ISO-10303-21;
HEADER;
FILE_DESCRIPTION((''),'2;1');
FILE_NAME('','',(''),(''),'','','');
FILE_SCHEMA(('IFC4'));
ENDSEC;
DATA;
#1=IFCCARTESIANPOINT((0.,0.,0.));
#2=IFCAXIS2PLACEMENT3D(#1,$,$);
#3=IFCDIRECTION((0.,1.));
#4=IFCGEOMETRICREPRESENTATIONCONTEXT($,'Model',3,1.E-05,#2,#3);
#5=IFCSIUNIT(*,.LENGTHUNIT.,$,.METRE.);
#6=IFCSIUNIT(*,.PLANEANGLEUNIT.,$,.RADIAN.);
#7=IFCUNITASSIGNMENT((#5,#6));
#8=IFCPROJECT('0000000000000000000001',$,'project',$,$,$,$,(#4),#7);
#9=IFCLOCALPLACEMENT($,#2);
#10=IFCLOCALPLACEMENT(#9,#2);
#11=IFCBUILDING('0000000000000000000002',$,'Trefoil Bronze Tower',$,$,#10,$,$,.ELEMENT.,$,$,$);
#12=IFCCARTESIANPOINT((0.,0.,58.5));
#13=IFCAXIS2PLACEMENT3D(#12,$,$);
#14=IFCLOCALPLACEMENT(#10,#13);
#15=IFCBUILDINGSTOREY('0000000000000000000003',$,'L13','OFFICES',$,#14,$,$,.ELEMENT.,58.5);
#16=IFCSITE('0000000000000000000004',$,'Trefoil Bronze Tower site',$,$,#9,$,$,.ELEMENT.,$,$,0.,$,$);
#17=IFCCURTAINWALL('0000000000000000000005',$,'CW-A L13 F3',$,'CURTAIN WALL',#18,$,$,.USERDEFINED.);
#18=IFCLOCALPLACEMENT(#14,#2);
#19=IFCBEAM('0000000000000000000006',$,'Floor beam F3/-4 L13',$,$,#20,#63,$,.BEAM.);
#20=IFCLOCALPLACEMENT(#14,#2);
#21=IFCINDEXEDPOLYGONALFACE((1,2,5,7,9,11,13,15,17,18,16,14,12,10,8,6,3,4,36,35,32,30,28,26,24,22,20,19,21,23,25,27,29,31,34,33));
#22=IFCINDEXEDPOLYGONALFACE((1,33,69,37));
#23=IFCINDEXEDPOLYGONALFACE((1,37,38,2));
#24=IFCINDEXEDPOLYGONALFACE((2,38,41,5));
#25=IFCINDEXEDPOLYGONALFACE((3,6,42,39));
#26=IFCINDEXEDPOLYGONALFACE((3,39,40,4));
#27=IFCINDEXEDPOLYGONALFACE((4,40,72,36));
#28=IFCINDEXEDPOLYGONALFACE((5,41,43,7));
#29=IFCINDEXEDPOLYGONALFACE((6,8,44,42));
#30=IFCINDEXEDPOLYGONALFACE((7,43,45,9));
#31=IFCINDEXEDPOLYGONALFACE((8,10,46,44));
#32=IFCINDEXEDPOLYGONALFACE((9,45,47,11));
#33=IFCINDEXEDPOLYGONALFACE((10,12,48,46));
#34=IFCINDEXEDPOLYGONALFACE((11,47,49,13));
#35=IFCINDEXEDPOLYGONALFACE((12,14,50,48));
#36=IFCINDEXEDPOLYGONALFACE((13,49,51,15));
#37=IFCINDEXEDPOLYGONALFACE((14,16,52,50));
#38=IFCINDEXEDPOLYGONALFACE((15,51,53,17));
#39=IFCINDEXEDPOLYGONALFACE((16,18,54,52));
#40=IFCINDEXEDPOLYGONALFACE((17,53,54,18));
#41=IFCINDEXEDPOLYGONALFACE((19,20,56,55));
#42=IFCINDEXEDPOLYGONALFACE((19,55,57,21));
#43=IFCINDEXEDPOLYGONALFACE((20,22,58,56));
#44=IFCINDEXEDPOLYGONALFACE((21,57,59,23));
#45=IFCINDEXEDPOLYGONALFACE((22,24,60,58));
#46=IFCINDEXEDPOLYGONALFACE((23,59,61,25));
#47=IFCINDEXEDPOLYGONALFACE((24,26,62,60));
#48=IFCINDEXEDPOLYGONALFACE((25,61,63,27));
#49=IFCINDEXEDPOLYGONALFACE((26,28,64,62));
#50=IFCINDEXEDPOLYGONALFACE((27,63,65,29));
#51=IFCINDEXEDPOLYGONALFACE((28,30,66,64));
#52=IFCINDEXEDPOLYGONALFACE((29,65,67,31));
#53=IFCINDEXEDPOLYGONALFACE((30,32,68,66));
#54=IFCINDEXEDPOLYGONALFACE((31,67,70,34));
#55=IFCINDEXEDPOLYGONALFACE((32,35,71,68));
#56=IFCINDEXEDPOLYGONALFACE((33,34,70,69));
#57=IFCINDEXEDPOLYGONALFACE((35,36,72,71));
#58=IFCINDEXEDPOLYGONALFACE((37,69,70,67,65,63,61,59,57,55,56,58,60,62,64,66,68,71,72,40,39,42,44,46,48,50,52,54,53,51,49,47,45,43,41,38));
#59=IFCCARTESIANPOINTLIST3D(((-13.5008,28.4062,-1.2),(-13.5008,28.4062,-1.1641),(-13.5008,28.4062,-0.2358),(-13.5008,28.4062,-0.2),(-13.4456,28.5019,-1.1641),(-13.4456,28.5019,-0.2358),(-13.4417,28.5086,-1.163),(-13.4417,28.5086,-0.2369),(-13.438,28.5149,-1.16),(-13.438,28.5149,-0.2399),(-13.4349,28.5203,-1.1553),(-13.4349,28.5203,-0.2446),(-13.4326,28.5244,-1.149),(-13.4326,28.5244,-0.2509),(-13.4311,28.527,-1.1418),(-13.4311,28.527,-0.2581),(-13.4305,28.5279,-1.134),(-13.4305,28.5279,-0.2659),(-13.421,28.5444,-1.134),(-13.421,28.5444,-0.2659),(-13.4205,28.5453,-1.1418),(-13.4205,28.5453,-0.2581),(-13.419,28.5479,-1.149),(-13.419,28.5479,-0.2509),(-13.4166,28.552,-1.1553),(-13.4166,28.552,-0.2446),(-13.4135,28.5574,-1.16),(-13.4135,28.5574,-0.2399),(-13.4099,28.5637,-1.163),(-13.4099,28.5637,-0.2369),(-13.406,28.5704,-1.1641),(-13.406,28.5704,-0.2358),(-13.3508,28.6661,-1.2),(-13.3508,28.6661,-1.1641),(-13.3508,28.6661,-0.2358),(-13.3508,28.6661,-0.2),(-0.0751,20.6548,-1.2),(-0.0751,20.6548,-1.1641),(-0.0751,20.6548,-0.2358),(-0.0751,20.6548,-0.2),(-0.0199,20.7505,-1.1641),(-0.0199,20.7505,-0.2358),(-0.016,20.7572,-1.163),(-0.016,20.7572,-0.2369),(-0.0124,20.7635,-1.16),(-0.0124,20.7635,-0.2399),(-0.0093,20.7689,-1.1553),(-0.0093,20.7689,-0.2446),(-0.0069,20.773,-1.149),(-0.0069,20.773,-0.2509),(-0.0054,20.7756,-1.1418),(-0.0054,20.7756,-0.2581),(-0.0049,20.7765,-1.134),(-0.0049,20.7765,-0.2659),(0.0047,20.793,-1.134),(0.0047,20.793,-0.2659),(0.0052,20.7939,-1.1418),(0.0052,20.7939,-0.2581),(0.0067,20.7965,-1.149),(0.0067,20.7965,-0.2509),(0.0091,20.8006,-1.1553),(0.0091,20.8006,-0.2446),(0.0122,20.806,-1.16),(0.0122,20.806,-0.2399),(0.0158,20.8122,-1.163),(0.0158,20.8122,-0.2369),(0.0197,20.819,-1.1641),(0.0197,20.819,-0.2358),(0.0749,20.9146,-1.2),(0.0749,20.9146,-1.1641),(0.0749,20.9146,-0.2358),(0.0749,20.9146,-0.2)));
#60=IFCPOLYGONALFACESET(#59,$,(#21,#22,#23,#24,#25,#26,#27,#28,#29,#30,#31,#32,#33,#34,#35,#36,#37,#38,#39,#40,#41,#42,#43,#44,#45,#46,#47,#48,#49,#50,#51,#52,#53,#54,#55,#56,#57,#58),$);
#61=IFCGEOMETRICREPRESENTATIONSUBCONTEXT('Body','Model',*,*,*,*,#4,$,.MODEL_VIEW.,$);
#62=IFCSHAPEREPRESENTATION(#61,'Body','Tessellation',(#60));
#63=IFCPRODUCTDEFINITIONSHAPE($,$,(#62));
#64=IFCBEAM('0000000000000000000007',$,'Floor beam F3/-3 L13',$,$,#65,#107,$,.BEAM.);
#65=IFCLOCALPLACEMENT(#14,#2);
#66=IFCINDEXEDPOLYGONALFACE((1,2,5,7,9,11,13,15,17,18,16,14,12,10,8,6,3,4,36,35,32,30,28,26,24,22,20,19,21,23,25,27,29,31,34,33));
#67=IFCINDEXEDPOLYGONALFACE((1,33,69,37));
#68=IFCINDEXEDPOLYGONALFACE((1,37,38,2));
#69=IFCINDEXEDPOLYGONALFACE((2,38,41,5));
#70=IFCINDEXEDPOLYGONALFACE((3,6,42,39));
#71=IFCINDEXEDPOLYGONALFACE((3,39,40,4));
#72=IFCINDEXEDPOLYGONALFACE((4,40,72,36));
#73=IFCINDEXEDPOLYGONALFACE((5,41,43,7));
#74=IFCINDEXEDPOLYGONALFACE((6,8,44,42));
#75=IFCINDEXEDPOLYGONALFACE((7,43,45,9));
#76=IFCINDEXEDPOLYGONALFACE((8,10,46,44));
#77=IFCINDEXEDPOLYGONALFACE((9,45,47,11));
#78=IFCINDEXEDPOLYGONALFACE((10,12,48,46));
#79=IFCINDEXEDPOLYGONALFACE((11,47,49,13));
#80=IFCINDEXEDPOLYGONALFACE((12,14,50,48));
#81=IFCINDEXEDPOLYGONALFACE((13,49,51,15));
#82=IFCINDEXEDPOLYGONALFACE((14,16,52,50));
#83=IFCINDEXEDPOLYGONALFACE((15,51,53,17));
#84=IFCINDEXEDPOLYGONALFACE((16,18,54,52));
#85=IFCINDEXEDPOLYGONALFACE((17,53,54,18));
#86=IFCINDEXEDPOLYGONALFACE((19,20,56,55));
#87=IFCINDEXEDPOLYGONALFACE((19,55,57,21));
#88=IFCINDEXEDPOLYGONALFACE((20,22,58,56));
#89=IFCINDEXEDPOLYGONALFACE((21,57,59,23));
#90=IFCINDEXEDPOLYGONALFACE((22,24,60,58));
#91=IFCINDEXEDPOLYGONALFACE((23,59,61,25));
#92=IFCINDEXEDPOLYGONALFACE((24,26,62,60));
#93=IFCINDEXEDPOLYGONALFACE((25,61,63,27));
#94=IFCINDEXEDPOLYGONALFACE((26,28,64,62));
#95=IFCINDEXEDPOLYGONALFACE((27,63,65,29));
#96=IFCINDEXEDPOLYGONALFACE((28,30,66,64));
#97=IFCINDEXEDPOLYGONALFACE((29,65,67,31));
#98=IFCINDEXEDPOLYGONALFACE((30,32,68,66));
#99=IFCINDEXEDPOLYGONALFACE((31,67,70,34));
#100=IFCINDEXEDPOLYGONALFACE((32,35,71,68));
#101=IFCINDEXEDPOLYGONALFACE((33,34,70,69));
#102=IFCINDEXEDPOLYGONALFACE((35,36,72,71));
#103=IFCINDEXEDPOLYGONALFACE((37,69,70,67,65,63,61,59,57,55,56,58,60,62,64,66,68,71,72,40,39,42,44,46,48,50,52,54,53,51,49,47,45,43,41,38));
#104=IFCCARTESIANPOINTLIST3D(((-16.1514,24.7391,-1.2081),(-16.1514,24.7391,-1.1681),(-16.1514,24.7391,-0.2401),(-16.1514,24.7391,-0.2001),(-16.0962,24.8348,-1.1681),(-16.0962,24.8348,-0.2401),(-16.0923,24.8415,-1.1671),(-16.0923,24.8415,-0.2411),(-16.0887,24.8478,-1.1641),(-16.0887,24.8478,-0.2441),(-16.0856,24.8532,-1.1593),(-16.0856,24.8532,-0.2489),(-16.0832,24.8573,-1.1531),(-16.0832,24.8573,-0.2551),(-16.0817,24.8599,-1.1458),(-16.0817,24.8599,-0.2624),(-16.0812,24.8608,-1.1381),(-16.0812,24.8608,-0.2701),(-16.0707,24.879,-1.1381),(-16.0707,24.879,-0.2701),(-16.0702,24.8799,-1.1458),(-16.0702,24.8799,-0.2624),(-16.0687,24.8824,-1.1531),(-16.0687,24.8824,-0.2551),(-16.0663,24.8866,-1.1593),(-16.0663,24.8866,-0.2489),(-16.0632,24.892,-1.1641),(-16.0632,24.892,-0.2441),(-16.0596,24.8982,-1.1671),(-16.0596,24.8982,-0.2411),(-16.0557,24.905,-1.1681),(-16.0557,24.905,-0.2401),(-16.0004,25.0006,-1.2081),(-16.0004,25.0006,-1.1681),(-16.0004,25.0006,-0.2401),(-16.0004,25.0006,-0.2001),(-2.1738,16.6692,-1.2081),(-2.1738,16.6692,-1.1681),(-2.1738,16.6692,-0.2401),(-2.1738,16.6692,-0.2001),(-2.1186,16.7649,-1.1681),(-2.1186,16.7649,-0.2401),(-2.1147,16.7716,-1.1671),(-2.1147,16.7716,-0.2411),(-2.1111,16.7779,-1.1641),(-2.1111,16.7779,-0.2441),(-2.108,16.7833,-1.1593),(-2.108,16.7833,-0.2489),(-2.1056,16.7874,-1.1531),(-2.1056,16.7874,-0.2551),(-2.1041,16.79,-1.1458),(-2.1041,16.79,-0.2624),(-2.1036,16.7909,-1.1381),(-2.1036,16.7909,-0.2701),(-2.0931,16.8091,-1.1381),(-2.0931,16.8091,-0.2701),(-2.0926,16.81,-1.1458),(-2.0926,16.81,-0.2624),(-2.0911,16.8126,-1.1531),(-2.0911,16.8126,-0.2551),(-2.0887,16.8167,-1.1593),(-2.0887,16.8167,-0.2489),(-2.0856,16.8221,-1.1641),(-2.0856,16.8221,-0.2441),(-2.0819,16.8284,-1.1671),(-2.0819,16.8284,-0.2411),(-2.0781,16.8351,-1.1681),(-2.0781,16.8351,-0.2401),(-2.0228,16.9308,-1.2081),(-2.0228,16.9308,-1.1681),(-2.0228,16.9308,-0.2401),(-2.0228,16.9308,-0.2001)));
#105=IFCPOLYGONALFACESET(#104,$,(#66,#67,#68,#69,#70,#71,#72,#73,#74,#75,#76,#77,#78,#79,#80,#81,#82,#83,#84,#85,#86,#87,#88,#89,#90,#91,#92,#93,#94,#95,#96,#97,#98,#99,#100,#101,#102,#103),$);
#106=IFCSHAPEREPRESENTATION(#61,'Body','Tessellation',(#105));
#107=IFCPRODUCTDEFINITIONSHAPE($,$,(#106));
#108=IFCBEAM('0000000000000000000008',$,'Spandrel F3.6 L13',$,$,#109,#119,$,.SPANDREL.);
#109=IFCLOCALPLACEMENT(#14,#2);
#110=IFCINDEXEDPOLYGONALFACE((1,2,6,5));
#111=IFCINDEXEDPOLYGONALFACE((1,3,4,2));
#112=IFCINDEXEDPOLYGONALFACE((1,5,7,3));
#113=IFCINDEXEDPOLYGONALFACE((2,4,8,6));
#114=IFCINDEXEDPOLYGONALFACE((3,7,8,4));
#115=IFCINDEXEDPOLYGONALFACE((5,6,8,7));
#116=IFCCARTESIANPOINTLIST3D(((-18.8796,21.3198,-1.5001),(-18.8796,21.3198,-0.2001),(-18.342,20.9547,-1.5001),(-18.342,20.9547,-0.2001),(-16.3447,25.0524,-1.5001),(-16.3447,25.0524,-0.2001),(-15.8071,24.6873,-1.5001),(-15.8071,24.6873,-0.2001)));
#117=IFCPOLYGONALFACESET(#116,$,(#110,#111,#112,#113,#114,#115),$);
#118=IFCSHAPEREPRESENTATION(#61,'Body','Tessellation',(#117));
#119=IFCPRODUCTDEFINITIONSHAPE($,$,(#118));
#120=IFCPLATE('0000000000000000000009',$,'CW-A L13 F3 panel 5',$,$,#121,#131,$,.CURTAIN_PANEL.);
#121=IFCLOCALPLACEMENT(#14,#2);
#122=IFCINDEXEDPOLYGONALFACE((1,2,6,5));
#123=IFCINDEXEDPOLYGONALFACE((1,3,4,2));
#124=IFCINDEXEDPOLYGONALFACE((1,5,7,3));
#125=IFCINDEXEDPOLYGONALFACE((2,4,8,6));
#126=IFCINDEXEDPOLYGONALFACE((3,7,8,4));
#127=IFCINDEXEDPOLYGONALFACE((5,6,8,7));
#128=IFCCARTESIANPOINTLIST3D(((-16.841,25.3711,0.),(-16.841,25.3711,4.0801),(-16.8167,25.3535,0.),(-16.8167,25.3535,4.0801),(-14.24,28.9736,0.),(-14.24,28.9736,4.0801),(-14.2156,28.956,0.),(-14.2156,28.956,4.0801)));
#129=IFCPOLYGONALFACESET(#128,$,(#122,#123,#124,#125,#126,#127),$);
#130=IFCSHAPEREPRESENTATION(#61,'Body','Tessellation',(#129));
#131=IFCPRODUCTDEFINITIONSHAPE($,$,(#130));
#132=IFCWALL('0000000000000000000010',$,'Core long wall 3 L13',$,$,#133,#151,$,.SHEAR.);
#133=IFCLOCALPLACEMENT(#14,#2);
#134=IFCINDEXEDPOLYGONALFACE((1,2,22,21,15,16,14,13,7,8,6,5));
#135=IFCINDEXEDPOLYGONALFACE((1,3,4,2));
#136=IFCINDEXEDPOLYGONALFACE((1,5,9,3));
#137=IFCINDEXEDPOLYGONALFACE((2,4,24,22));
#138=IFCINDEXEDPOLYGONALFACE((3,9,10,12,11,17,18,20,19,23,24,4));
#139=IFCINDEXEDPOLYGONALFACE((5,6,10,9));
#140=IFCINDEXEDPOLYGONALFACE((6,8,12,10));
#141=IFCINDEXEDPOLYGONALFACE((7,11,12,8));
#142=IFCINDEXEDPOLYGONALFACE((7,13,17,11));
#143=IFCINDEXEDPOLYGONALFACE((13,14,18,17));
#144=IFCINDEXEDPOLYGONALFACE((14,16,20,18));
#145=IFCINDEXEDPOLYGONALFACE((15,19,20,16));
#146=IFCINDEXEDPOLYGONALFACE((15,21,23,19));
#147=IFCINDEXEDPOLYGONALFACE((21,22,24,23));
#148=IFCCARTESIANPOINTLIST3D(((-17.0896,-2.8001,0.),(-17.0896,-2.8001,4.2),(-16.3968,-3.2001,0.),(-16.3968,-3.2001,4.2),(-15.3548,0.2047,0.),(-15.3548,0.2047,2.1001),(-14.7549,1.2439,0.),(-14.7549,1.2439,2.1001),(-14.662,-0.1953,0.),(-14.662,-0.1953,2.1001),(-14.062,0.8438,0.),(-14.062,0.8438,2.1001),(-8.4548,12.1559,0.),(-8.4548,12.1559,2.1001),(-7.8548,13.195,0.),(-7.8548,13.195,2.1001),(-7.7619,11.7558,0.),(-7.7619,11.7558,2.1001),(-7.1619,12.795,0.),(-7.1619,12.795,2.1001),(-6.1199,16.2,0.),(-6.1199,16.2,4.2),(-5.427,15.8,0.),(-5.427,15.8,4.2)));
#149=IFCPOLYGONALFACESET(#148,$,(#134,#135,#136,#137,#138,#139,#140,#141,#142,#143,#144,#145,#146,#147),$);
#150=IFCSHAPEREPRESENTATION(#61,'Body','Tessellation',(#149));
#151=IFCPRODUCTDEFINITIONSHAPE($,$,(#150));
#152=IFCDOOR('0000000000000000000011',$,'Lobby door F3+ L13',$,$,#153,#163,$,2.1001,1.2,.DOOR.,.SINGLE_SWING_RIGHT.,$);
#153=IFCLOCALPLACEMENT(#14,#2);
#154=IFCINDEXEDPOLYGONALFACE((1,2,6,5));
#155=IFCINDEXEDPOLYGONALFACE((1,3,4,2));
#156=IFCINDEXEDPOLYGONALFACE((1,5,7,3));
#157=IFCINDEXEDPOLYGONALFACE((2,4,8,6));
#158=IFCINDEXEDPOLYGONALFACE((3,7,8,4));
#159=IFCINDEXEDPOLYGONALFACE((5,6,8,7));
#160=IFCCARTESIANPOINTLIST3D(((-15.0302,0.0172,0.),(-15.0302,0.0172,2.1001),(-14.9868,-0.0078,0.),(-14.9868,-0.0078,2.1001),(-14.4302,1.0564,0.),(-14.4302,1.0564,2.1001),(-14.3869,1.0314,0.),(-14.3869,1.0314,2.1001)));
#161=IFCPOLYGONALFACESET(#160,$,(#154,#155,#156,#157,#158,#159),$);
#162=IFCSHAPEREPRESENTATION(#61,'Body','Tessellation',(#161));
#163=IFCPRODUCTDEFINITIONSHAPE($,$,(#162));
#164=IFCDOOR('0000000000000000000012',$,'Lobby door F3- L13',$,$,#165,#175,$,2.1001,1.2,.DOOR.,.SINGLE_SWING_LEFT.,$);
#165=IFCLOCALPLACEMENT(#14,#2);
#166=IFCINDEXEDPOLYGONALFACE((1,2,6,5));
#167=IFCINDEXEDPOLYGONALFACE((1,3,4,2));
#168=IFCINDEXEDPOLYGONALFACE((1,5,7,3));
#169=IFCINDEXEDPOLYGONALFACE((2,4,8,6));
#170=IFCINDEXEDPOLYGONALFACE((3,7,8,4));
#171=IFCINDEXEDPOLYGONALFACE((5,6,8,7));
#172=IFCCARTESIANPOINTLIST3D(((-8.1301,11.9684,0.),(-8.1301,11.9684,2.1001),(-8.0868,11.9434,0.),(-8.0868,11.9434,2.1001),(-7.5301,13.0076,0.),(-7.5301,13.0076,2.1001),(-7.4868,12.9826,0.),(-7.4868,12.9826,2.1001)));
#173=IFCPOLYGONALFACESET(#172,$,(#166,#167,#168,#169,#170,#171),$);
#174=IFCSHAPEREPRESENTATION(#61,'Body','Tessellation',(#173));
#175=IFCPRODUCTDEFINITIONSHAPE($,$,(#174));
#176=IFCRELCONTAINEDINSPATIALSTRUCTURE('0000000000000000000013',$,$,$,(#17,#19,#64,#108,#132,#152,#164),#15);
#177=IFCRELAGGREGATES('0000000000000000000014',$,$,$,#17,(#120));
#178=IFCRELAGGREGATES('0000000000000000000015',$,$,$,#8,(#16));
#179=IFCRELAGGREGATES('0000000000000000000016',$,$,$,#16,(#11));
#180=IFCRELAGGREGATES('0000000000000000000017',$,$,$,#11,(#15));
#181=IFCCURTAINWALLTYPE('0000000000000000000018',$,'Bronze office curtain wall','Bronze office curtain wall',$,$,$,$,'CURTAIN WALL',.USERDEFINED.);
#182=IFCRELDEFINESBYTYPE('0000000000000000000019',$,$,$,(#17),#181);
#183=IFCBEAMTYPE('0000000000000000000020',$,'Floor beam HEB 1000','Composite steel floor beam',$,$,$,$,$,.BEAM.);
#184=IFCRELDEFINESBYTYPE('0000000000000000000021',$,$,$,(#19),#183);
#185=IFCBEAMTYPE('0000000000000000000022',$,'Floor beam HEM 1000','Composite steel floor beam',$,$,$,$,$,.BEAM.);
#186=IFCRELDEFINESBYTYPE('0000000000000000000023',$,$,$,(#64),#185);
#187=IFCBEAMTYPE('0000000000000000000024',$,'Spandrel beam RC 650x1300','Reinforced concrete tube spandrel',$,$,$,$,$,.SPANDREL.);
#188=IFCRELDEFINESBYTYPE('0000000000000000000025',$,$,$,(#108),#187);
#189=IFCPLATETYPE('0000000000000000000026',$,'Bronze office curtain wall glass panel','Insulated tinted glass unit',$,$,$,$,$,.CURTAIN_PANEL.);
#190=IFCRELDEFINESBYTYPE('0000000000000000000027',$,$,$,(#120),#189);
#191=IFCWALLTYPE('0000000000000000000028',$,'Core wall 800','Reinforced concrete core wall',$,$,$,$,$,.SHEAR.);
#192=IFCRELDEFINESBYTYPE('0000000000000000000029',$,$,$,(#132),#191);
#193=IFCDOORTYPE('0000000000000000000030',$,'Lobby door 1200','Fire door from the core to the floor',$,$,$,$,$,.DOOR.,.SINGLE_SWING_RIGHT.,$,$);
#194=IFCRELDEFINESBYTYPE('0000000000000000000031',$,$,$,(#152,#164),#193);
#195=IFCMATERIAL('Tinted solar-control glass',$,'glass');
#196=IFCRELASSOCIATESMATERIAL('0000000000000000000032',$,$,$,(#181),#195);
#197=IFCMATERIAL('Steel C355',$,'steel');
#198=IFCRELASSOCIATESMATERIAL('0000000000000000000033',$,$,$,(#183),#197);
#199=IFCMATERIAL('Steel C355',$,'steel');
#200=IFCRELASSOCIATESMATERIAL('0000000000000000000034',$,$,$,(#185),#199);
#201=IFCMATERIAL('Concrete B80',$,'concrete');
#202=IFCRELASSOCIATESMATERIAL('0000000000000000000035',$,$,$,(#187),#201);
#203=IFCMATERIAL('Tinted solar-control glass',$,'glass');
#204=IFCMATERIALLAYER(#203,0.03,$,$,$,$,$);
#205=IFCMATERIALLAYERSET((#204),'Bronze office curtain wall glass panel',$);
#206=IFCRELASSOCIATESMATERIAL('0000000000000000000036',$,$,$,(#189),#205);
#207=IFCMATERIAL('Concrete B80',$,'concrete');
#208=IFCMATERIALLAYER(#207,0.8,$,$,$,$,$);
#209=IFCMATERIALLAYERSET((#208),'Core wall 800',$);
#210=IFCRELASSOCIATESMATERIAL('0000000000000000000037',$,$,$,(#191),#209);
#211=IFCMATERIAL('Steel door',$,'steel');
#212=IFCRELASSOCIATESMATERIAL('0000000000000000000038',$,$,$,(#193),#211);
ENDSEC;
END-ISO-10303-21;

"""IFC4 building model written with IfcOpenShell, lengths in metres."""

from ifc_helpers import new_model, si_unit, direction, frame, frame_2d, origin, origin_2d, place, context, subcontext, project, spatial, rectangle, i_section, extrude, material, layer, layer_set, material_profile, profile_set, type_object, element, fill, aggregate, save


model = new_model("IFC4")

# Units and contexts
model_context = context("Model", 3, precision=1e-05, world=origin(), true_north=direction((0.0, 1.0)))
body_context = subcontext(model_context, "Body", "Model", "MODEL_VIEW")
ifc_project = project(units=[si_unit("LENGTHUNIT", "METRE"), si_unit("PLANEANGLEUNIT", "RADIAN")], contexts=[model_context])

# Site, building, storey
site_placement = place(None, origin())
site = spatial("IfcSite", under=ifc_project, at=site_placement, Name="Trefoil Bronze Tower site", CompositionType="ELEMENT", RefElevation=0.0)
building_placement = place(site_placement, origin())
building = spatial("IfcBuilding", under=site, at=building_placement, Name="Trefoil Bronze Tower", CompositionType="ELEMENT")
storey_placement = place(building_placement, frame((0.0, 0.0, 58.5)))
storey = spatial("IfcBuildingStorey", under=building, at=storey_placement, Name="L13", Description="OFFICES", CompositionType="ELEMENT", Elevation=58.5)

# Curtain wall
ifc_material_1 = material(Name="Tinted solar-control glass", Category="glass")
curtain_wall_type = type_object("IfcCurtainWallType", Name="Bronze office curtain wall", Description="Bronze office curtain wall", ElementType="CURTAIN WALL", PredefinedType="USERDEFINED", material=ifc_material_1)
curtain_wall_placement = place(storey_placement, origin())
curtain_wall = element("IfcCurtainWall", 1, at=curtain_wall_placement, inside=storey, type_object=curtain_wall_type, Name="CW-A L13 F3", ObjectType="CURTAIN WALL", PredefinedType="USERDEFINED")

# Beams
ifc_material_2 = material(Name="Steel C355", Category="steel")
ifc_material_profile_1 = material_profile(ifc_material_2, i_section(OverallWidth=0.3, OverallDepth=1.0, WebThickness=0.019, FlangeThickness=0.0359, FilletRadius=0.03, at=origin_2d()), Name="HEB 1000")
ifc_profile_set_1 = profile_set([ifc_material_profile_1], Name="Steel C355")
beam_type_1 = type_object("IfcBeamType", Name="Floor beam HEB 1000", Description="Composite steel floor beam", PredefinedType="BEAM", material=ifc_profile_set_1)
beam_1_placement = place(storey_placement, frame((-13.4258, 28.5361, -0.7), z_axis=(0.866023, -0.500004, 0.0), x_axis=(0.500004, 0.866023, 0.0)))
element("IfcBeam", 2, at=beam_1_placement, inside=storey, type_object=beam_type_1, Name="Floor beam F3/-4 L13", PredefinedType="BEAM", context=body_context, shape_type="SweptSolid", body=[
    extrude(i_section(OverallWidth=0.3, OverallDepth=1.0, WebThickness=0.019, FlangeThickness=0.0359, FilletRadius=0.03, at=origin_2d()), origin(), (0.0, 0.0, 1.0), 15.5027),
])
ifc_material_3 = material(Name="Steel C355", Category="steel")
ifc_material_profile_2 = material_profile(ifc_material_3, i_section(OverallWidth=0.302, OverallDepth=1.0081, WebThickness=0.021, FlangeThickness=0.04, FilletRadius=0.03, at=origin_2d()), Name="HEM 1000")
ifc_profile_set_2 = profile_set([ifc_material_profile_2], Name="Steel C355")
beam_type_2 = type_object("IfcBeamType", Name="Floor beam HEM 1000", Description="Composite steel floor beam", PredefinedType="BEAM", material=ifc_profile_set_2)
beam_2_placement = place(storey_placement, frame((-16.0759, 24.8699, -0.7041), z_axis=(0.866028, -0.499995, 0.0), x_axis=(0.499995, 0.866028, 0.0)))
element("IfcBeam", 3, at=beam_2_placement, inside=storey, type_object=beam_type_2, Name="Floor beam F3/-3 L13", PredefinedType="BEAM", context=body_context, shape_type="SweptSolid", body=[
    extrude(i_section(OverallWidth=0.302, OverallDepth=1.0081, WebThickness=0.021, FlangeThickness=0.04, FilletRadius=0.03, at=origin_2d()), origin(), (0.0, 0.0, 1.0), 16.1399),
])
ifc_material_4 = material(Name="Concrete B80", Category="concrete")
ifc_material_profile_3 = material_profile(ifc_material_4, rectangle(XDim=0.6499, YDim=1.3, at=origin_2d()), Name="RC 650x1300")
ifc_profile_set_3 = profile_set([ifc_material_profile_3], Name="Concrete B80")
beam_type_3 = type_object("IfcBeamType", Name="Spandrel beam RC 650x1300", Description="Reinforced concrete tube spandrel", PredefinedType="SPANDREL", material=ifc_profile_set_3)
beam_3_placement = place(storey_placement, frame((-16.0759, 24.8699, -0.8501), z_axis=(-0.56181, -0.827267, 0.0), x_axis=(0.827267, -0.56181, 0.0)))
element("IfcBeam", 4, at=beam_3_placement, inside=storey, type_object=beam_type_3, Name="Spandrel F3.6 L13", PredefinedType="SPANDREL", context=body_context, shape_type="SweptSolid", body=[
    extrude(rectangle(XDim=0.6499, YDim=1.3, at=origin_2d()), origin(), (0.0, 0.0, 1.0), 4.512),
])

# Plate
ifc_material_5 = material(Name="Tinted solar-control glass", Category="glass")
ifc_layer_1 = layer(ifc_material_5, 0.03)
ifc_layer_set_1 = layer_set([ifc_layer_1], Name="Bronze office curtain wall glass panel")
plate_type = type_object("IfcPlateType", Name="Bronze office curtain wall glass panel", Description="Insulated tinted glass unit", PredefinedType="CURTAIN_PANEL", material=ifc_layer_set_1)
plate_placement = place(storey_placement, frame((-15.5283, 27.1636, 0.0), z_axis=(0.0, 0.0, 1.0), x_axis=(-0.585373, -0.810764, 0.0)))
plate = element("IfcPlate", 5, at=plate_placement, type_object=plate_type, Name="CW-A L13 F3 panel 5", PredefinedType="CURTAIN_PANEL", context=body_context, shape_type="SweptSolid", body=[
    extrude(rectangle(XDim=4.4434, YDim=0.03, at=origin_2d()), origin(), (0.0, 0.0, 1.0), 4.0801),
])
aggregate(curtain_wall, [plate])

# Wall, openings, doors
ifc_material_6 = material(Name="Concrete B80", Category="concrete")
ifc_layer_2 = layer(ifc_material_6, 0.8)
ifc_layer_set_2 = layer_set([ifc_layer_2], Name="Core wall 800")
wall_type_1 = type_object("IfcWallType", Name="Core wall 800", Description="Reinforced concrete core wall", PredefinedType="SHEAR", material=ifc_layer_set_2)
wall_1_placement = place(storey_placement, frame((-5.7734, 16.0, 0.0), z_axis=(0.0, 0.0, 1.0), x_axis=(-0.500002, -0.866024, 0.0)))
wall_1 = element("IfcWall", 6, at=wall_1_placement, inside=storey, type_object=wall_type_1, Name="Core long wall 3 L13", PredefinedType="SHEAR", context=body_context, shape_type="SweptSolid", body=[
    extrude(rectangle(XDim=21.9395, YDim=0.8, at=frame_2d((10.9697, 0.0))), origin(), (0.0, 0.0, 1.0), 4.2),
])
opening_1_placement = place(wall_1_placement, frame((17.2698, 0.0, 0.0)))
opening_1 = element("IfcOpeningElement", 7, at=opening_1_placement, cuts=wall_1, PredefinedType="OPENING", context=body_context, shape_type="SweptSolid", body=[
    extrude(rectangle(XDim=1.2, YDim=2.1001, at=frame_2d((0.6001, 1.05))), frame((0.0, 0.4099, 0.0), z_axis=(0.0, -1.0, 0.0), x_axis=(1.0, 0.0, 0.0)), (0.0, 0.0, 1.0), 0.8201),
])
opening_2_placement = place(wall_1_placement, frame((3.4697, 0.0, 0.0)))
opening_2 = element("IfcOpeningElement", 8, at=opening_2_placement, cuts=wall_1, PredefinedType="OPENING", context=body_context, shape_type="SweptSolid", body=[
    extrude(rectangle(XDim=1.2, YDim=2.1001, at=frame_2d((0.6001, 1.05))), frame((0.0, 0.4099, 0.0), z_axis=(0.0, -1.0, 0.0), x_axis=(1.0, 0.0, 0.0)), (0.0, 0.0, 1.0), 0.8201),
])
ifc_material_7 = material(Name="Steel door", Category="steel")
door_type_1 = type_object("IfcDoorType", Name="Lobby door 1200", Description="Fire door from the core to the floor", OperationType="SINGLE_SWING_RIGHT", PredefinedType="DOOR", material=ifc_material_7)
door_1_placement = place(opening_1_placement, origin())
door_1 = element("IfcDoor", 9, at=door_1_placement, inside=storey, type_object=door_type_1, Name="Lobby door F3+ L13", OperationType="SINGLE_SWING_RIGHT", OverallHeight=2.1001, OverallWidth=1.2, PredefinedType="DOOR", context=body_context, shape_type="SweptSolid", body=[
    extrude(rectangle(XDim=1.2, YDim=2.1001, at=frame_2d((0.6001, 1.05))), frame((0.0, 0.0249, 0.0), z_axis=(0.0, -1.0, 0.0), x_axis=(1.0, 0.0, 0.0)), (0.0, 0.0, 1.0), 0.05),
])
fill(opening_1, door_1)
door_2_placement = place(opening_2_placement, origin())
door_2 = element("IfcDoor", 10, at=door_2_placement, inside=storey, type_object=door_type_1, Name="Lobby door F3- L13", OperationType="SINGLE_SWING_LEFT", OverallHeight=2.1001, OverallWidth=1.2, PredefinedType="DOOR", context=body_context, shape_type="SweptSolid", body=[
    extrude(rectangle(XDim=1.2, YDim=2.1001, at=frame_2d((0.6001, 1.05))), frame((0.0, 0.0249, 0.0), z_axis=(0.0, -1.0, 0.0), x_axis=(1.0, 0.0, 0.0)), (0.0, 0.0, 1.0), 0.05),
])
fill(opening_2, door_2)

save(model, "model.ifc")
